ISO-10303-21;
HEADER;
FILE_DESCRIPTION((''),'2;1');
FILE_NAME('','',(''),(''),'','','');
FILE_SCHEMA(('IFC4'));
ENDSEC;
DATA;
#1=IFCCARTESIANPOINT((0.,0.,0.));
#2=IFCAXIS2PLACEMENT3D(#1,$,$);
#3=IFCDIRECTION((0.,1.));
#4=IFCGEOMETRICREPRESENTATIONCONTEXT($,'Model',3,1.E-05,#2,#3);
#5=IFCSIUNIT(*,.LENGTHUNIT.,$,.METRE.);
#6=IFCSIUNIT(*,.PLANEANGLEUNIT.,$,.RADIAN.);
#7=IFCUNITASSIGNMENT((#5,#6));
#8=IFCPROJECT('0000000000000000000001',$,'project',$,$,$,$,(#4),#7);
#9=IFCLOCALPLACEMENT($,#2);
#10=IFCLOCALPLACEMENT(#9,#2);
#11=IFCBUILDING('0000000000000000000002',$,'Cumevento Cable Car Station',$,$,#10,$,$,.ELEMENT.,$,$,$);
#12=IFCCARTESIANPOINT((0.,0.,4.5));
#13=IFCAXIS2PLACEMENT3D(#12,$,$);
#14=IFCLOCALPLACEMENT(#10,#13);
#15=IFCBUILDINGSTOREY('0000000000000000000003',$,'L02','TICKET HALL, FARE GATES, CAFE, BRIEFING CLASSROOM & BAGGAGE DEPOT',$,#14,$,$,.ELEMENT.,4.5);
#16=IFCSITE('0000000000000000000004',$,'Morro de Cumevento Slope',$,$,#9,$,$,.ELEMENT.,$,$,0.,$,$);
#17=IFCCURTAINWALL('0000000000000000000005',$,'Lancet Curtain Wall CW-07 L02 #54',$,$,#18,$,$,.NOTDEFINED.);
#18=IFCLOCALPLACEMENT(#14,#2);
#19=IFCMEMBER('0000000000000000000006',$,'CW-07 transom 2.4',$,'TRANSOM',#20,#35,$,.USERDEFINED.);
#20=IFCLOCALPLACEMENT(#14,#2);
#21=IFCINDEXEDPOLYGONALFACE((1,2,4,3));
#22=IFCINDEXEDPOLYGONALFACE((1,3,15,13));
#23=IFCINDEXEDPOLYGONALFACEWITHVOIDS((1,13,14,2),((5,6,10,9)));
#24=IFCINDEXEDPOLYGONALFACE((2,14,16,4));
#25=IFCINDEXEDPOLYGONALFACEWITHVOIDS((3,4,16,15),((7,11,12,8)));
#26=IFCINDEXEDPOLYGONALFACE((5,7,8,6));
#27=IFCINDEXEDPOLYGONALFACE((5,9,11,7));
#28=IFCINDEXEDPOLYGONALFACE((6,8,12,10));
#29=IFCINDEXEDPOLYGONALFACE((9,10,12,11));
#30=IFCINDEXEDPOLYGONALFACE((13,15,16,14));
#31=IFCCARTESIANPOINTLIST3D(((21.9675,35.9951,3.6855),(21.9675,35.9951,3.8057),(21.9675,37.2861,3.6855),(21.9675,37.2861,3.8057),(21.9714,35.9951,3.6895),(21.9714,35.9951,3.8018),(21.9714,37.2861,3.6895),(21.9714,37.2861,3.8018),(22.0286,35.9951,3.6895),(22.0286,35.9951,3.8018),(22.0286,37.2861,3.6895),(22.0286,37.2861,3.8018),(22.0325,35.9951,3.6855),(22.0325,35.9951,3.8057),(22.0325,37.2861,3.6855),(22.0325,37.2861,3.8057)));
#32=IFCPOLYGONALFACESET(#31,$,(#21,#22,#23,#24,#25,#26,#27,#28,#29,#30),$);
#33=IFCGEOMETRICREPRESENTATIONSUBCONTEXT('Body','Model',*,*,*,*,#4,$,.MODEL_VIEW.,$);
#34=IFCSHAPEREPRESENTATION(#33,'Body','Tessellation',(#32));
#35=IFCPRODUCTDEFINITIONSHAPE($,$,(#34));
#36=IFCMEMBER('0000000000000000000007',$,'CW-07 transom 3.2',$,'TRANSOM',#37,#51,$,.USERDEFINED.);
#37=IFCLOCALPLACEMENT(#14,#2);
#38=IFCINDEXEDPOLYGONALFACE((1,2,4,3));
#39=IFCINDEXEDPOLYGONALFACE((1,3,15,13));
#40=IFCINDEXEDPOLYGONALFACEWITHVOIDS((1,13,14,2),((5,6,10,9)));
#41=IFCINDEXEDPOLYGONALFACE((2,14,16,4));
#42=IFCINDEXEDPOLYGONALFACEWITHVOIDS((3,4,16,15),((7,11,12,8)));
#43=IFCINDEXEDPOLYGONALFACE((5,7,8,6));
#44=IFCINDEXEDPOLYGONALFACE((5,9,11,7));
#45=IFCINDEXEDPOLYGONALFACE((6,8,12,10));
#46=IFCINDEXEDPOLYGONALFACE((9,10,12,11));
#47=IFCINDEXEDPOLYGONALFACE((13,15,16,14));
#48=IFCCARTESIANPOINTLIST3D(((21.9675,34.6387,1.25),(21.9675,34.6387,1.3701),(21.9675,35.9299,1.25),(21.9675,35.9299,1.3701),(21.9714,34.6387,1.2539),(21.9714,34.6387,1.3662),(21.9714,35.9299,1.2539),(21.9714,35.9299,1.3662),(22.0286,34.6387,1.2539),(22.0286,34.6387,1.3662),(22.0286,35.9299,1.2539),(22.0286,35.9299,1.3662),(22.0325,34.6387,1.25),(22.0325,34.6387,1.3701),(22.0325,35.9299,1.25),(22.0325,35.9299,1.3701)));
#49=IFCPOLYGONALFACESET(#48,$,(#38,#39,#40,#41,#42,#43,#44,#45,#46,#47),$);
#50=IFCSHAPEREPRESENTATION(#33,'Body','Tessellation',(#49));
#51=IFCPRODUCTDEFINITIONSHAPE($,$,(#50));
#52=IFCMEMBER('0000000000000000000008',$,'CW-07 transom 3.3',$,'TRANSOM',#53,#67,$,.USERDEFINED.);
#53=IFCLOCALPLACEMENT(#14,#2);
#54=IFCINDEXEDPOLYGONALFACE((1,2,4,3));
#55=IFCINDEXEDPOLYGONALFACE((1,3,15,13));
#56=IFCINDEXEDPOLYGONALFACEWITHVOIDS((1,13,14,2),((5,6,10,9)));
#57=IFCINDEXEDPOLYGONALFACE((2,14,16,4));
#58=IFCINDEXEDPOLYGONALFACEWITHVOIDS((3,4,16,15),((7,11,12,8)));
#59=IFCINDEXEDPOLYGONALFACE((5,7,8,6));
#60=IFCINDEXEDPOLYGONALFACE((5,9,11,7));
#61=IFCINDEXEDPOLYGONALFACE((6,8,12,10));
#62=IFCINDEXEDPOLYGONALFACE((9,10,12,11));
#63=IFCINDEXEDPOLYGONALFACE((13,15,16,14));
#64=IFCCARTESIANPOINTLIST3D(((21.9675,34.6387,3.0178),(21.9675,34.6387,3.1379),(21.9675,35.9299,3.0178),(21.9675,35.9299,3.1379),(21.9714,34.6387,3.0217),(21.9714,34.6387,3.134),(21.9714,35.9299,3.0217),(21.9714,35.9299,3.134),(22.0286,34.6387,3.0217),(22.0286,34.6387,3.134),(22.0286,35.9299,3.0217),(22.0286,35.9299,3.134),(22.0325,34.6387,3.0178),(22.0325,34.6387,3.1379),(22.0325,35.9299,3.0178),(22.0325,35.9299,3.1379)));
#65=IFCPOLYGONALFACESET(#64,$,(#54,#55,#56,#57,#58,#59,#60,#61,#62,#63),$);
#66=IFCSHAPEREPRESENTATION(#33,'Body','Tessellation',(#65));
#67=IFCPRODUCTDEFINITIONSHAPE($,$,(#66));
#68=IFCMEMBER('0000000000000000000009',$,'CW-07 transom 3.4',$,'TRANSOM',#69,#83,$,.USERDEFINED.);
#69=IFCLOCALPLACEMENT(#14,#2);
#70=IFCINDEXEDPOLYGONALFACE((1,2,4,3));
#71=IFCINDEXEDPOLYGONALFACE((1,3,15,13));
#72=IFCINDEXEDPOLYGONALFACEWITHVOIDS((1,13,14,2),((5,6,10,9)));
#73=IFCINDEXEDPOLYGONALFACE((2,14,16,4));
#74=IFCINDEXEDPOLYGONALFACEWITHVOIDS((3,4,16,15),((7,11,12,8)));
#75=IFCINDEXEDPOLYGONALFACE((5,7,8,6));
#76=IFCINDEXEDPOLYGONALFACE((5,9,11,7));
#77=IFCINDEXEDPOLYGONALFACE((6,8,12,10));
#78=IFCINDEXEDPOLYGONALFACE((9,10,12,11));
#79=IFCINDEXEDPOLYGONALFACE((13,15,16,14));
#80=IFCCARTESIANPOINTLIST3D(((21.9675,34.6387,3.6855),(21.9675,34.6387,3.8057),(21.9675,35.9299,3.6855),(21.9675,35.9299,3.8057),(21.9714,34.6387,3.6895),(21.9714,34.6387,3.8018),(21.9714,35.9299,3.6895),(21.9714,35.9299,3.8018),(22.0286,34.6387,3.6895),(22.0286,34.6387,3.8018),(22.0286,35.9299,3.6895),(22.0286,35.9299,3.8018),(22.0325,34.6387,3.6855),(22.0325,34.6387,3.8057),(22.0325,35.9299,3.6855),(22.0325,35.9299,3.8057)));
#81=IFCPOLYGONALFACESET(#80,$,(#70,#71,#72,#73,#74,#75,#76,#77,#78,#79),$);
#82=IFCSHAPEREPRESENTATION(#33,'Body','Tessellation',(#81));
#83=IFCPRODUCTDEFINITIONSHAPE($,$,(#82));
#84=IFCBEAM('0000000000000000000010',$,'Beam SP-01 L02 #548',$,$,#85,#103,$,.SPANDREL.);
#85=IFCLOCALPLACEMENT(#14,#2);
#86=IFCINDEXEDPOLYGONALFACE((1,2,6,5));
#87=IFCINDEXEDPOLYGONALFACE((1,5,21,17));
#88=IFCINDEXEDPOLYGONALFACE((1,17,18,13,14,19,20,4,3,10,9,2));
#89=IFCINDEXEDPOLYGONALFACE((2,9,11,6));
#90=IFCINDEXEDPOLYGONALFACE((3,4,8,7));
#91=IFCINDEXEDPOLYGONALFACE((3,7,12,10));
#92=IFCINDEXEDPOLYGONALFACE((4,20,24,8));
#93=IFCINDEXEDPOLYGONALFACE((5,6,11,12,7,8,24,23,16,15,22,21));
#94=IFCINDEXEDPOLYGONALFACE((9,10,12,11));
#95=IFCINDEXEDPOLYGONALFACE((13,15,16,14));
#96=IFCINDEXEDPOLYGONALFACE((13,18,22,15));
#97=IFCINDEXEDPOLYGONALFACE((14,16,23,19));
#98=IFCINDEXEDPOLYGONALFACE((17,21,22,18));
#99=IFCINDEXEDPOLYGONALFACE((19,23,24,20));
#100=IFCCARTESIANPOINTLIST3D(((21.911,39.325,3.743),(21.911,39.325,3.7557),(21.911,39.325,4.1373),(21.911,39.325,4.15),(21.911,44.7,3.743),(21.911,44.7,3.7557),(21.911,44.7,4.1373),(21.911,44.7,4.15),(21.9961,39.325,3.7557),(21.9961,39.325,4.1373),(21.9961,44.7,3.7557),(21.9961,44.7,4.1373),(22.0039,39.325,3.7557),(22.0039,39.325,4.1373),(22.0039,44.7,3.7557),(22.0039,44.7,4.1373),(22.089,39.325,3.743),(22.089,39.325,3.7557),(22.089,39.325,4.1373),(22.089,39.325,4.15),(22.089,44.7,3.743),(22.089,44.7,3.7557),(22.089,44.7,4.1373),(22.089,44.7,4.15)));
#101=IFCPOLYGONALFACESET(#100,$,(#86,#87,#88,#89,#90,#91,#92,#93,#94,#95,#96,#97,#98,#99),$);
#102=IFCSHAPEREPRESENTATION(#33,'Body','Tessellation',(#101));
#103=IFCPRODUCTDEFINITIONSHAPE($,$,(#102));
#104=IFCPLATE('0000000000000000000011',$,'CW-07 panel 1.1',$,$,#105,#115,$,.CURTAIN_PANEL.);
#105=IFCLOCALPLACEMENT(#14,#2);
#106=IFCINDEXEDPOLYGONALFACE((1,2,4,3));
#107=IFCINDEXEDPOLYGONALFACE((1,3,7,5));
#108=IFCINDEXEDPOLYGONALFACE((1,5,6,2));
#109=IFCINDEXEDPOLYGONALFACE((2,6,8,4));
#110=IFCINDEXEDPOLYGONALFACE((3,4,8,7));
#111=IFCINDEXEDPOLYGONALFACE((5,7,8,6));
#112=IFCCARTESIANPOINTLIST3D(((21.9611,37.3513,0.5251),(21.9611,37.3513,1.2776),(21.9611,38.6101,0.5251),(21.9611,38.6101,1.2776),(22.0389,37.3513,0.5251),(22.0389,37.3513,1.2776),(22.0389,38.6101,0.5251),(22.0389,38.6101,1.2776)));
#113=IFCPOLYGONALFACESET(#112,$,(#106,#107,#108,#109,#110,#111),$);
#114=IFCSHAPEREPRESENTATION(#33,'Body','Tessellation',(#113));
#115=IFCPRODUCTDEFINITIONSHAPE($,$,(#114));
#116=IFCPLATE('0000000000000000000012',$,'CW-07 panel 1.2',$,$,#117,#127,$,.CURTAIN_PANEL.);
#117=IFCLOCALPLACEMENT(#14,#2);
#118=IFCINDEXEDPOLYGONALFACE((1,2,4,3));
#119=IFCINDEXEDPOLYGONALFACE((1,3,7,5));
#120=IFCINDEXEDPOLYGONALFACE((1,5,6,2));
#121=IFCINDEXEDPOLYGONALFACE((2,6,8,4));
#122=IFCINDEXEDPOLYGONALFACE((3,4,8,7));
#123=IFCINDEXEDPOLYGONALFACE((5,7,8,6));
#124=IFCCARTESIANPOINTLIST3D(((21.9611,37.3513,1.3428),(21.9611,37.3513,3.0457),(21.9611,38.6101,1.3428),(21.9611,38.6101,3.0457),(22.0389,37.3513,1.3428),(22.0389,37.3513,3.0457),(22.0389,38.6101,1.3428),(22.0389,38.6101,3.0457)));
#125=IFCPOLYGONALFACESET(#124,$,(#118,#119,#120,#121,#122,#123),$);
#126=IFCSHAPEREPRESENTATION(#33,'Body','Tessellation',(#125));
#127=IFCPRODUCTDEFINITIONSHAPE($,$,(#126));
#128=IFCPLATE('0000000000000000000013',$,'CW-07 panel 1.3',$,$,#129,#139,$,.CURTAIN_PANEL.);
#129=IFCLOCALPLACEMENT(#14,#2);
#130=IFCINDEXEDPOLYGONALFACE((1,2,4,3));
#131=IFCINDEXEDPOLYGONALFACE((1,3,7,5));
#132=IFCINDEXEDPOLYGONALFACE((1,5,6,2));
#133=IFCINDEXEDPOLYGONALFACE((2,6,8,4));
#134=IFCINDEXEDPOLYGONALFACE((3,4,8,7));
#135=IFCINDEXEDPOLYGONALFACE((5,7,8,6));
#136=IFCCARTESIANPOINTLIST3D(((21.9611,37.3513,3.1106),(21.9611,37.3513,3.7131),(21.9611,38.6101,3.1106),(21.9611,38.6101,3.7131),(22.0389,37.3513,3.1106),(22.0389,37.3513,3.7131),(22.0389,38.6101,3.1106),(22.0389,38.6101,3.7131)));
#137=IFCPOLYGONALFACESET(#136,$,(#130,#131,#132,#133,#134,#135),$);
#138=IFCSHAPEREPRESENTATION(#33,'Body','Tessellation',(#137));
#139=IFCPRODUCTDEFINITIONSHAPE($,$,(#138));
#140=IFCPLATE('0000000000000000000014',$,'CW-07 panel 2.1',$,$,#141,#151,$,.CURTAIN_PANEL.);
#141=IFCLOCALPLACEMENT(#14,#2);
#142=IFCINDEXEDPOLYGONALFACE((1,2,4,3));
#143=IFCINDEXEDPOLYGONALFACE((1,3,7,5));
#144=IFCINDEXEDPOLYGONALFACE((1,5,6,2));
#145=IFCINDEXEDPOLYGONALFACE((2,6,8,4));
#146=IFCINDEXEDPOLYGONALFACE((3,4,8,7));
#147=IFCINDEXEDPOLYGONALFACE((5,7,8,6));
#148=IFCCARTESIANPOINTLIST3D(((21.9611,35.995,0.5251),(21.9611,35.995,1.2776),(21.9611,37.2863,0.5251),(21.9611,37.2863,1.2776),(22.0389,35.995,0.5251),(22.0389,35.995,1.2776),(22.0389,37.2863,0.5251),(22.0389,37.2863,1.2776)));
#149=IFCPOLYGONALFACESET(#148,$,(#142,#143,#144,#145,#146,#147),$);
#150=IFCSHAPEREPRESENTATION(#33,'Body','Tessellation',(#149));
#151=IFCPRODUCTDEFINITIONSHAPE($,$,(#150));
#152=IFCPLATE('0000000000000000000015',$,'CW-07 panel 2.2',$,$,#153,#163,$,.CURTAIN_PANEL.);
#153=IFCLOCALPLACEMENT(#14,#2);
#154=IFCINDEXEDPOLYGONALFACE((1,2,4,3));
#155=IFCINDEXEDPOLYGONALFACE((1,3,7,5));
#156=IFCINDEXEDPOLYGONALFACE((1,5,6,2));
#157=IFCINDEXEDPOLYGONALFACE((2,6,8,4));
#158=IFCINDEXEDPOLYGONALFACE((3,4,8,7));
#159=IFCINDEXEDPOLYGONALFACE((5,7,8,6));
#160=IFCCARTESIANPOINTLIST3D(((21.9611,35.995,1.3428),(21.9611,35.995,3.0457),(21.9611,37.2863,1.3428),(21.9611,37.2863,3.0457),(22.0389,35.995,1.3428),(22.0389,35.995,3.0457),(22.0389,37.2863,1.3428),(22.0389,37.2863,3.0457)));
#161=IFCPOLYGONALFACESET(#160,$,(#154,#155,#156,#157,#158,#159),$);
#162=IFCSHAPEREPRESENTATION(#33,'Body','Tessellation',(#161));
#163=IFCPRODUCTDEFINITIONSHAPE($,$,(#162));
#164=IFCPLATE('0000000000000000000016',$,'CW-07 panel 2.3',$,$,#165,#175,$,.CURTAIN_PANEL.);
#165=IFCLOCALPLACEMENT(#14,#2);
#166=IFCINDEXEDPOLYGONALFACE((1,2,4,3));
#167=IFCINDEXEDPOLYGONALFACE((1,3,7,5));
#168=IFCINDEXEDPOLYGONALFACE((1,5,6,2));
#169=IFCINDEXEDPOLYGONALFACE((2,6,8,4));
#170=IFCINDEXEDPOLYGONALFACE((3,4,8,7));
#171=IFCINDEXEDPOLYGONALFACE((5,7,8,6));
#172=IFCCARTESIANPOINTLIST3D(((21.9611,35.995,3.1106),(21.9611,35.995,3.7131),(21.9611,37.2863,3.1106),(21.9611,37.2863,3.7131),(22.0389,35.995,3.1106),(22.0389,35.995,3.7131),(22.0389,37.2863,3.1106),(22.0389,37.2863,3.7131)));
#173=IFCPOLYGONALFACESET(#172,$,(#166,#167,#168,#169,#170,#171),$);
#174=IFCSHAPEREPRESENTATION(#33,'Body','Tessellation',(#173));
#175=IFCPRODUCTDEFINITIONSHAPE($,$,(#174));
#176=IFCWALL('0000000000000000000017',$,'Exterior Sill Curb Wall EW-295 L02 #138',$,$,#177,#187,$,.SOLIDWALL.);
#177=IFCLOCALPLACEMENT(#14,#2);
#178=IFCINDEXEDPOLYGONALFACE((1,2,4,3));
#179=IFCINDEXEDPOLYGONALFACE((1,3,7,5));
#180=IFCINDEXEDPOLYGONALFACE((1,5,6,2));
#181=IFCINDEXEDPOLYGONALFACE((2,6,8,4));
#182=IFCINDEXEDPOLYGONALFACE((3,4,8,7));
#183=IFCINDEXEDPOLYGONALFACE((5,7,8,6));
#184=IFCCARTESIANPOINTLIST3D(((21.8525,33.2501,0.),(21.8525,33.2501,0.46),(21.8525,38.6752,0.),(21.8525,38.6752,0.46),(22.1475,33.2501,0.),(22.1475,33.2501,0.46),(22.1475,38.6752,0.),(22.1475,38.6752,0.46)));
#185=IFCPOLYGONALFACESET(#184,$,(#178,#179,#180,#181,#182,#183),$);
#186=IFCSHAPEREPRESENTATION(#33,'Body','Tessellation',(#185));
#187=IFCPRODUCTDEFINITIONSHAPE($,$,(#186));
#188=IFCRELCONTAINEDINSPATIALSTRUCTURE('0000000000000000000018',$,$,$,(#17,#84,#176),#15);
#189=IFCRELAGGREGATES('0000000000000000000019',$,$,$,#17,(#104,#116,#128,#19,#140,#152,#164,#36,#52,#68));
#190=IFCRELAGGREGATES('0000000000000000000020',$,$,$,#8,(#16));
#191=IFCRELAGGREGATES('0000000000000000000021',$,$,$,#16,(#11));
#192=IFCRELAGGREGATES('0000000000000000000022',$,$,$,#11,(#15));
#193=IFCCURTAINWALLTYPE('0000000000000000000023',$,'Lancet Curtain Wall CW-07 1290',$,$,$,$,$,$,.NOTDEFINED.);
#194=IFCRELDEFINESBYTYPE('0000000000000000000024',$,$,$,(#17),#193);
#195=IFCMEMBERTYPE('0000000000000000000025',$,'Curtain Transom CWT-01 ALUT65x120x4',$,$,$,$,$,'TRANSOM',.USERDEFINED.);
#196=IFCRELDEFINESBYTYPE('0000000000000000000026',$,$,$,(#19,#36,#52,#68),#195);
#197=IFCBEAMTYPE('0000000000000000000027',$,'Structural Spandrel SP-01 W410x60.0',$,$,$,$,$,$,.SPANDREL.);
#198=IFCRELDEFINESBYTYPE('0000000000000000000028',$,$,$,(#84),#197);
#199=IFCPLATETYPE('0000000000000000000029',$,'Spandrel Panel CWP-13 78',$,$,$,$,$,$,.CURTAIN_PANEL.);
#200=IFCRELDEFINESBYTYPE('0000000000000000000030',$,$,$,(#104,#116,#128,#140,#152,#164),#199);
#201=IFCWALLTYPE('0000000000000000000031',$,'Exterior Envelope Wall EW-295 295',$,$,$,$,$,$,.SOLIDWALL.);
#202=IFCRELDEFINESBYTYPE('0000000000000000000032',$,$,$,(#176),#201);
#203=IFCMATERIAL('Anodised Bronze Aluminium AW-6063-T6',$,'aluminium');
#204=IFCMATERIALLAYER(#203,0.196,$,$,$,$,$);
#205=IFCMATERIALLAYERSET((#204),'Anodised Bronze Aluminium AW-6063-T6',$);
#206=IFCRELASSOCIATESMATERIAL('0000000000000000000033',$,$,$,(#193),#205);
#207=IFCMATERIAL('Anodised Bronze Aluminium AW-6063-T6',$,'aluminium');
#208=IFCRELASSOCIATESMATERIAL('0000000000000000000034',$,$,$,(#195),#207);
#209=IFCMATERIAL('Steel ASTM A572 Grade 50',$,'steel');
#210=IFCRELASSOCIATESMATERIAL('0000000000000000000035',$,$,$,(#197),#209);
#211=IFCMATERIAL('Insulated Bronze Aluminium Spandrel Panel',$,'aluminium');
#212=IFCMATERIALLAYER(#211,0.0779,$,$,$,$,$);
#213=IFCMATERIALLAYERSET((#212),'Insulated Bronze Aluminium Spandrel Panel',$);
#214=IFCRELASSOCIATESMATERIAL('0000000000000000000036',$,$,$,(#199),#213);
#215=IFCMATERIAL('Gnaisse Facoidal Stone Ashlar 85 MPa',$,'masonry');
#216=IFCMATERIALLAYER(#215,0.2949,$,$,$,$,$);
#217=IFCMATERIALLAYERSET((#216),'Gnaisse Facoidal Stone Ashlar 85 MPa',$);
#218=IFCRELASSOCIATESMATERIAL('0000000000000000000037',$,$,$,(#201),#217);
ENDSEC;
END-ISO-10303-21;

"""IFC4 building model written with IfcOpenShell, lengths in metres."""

from ifc_helpers import new_model, si_unit, direction, frame, frame_2d, origin, origin_2d, place, context, subcontext, project, spatial, rectangle, hollow_rectangle, i_section, extrude, material, layer, layer_set, material_profile, profile_set, type_object, element, aggregate, save


model = new_model("IFC4")

# Units and contexts
model_context = context("Model", 3, precision=1e-05, world=origin(), true_north=direction((0.0, 1.0)))
body_context = subcontext(model_context, "Body", "Model", "MODEL_VIEW")
ifc_project = project(units=[si_unit("LENGTHUNIT", "METRE"), si_unit("PLANEANGLEUNIT", "RADIAN")], contexts=[model_context])

# Site, building, storey
site_placement = place(None, origin())
site = spatial("IfcSite", under=ifc_project, at=site_placement, Name="Morro de Cumevento Slope", CompositionType="ELEMENT", RefElevation=0.0)
building_placement = place(site_placement, origin())
building = spatial("IfcBuilding", under=site, at=building_placement, Name="Cumevento Cable Car Station", CompositionType="ELEMENT")
storey_placement = place(building_placement, frame((0.0, 0.0, 4.5)))
storey = spatial("IfcBuildingStorey", under=building, at=storey_placement, Name="L02", Description="TICKET HALL, FARE GATES, CAFE, BRIEFING CLASSROOM & BAGGAGE DEPOT", CompositionType="ELEMENT", Elevation=4.5)

# Curtain wall, members
ifc_material_1 = material(Name="Anodised Bronze Aluminium AW-6063-T6", Category="aluminium")
ifc_layer_1 = layer(ifc_material_1, 0.196)
ifc_layer_set_1 = layer_set([ifc_layer_1], Name="Anodised Bronze Aluminium AW-6063-T6")
curtain_wall_type = type_object("IfcCurtainWallType", Name="Lancet Curtain Wall CW-07 1290", PredefinedType="NOTDEFINED", material=ifc_layer_set_1)
curtain_wall_placement = place(storey_placement, origin())
curtain_wall = element("IfcCurtainWall", 1, at=curtain_wall_placement, inside=storey, type_object=curtain_wall_type, Name="Lancet Curtain Wall CW-07 L02 #54", PredefinedType="NOTDEFINED")
ifc_material_2 = material(Name="Anodised Bronze Aluminium AW-6063-T6", Category="aluminium")
ifc_material_profile_1 = material_profile(ifc_material_2, hollow_rectangle(XDim=0.0649, YDim=0.1201, WallThickness=0.0039, at=origin_2d()), Name="ALUT65x120x4")
ifc_profile_set_1 = profile_set([ifc_material_profile_1], Name="Anodised Bronze Aluminium AW-6063-T6")
member_type_1 = type_object("IfcMemberType", Name="Curtain Transom CWT-01 ALUT65x120x4", ElementType="TRANSOM", PredefinedType="USERDEFINED", material=ifc_profile_set_1)
member_1_placement = place(storey_placement, frame((22.0, 37.2861, 3.7456), z_axis=(0.0, -1.0, 0.0), x_axis=(1.0, 0.0, 0.0)))
member_1 = element("IfcMember", 2, at=member_1_placement, type_object=member_type_1, Name="CW-07 transom 2.4", ObjectType="TRANSOM", PredefinedType="USERDEFINED", context=body_context, shape_type="SweptSolid", body=[
    extrude(hollow_rectangle(XDim=0.0649, YDim=0.1201, WallThickness=0.0039, at=origin_2d()), origin(), (0.0, 0.0, 1.0), 1.291),
])
member_2_placement = place(storey_placement, frame((22.0, 35.9299, 1.3101), z_axis=(0.0, -1.0, 0.0), x_axis=(1.0, 0.0, 0.0)))
member_2 = element("IfcMember", 3, at=member_2_placement, type_object=member_type_1, Name="CW-07 transom 3.2", ObjectType="TRANSOM", PredefinedType="USERDEFINED", context=body_context, shape_type="SweptSolid", body=[
    extrude(hollow_rectangle(XDim=0.0649, YDim=0.1201, WallThickness=0.0039, at=origin_2d()), origin(), (0.0, 0.0, 1.0), 1.2913),
])
member_3_placement = place(storey_placement, frame((22.0, 35.9299, 3.0779), z_axis=(0.0, -1.0, 0.0), x_axis=(1.0, 0.0, 0.0)))
member_3 = element("IfcMember", 4, at=member_3_placement, type_object=member_type_1, Name="CW-07 transom 3.3", ObjectType="TRANSOM", PredefinedType="USERDEFINED", context=body_context, shape_type="SweptSolid", body=[
    extrude(hollow_rectangle(XDim=0.0649, YDim=0.1201, WallThickness=0.0039, at=origin_2d()), origin(), (0.0, 0.0, 1.0), 1.2913),
])
member_4_placement = place(storey_placement, frame((22.0, 35.9299, 3.7456), z_axis=(0.0, -1.0, 0.0), x_axis=(1.0, 0.0, 0.0)))
member_4 = element("IfcMember", 5, at=member_4_placement, type_object=member_type_1, Name="CW-07 transom 3.4", ObjectType="TRANSOM", PredefinedType="USERDEFINED", context=body_context, shape_type="SweptSolid", body=[
    extrude(hollow_rectangle(XDim=0.0649, YDim=0.1201, WallThickness=0.0039, at=origin_2d()), origin(), (0.0, 0.0, 1.0), 1.2913),
])

# Beam
ifc_material_3 = material(Name="Steel ASTM A572 Grade 50", Category="steel")
ifc_material_profile_2 = material_profile(ifc_material_3, i_section(OverallWidth=0.178, OverallDepth=0.407, WebThickness=0.0078, FlangeThickness=0.0127, at=origin_2d()), Name="W410x60.0")
ifc_profile_set_2 = profile_set([ifc_material_profile_2], Name="Steel ASTM A572 Grade 50")
beam_type = type_object("IfcBeamType", Name="Structural Spandrel SP-01 W410x60.0", PredefinedType="SPANDREL", material=ifc_profile_set_2)
beam_placement = place(storey_placement, frame((22.0, 39.325, 3.9465), z_axis=(0.0, 1.0, 0.0), x_axis=(-1.0, 0.0, 0.0)))
element("IfcBeam", 6, at=beam_placement, inside=storey, type_object=beam_type, Name="Beam SP-01 L02 #548", PredefinedType="SPANDREL", context=body_context, shape_type="SweptSolid", body=[
    extrude(i_section(OverallWidth=0.178, OverallDepth=0.407, WebThickness=0.0078, FlangeThickness=0.0127, at=origin_2d()), origin(), (0.0, 0.0, 1.0), 5.375),
])

# Plates
ifc_material_4 = material(Name="Insulated Bronze Aluminium Spandrel Panel", Category="aluminium")
ifc_layer_2 = layer(ifc_material_4, 0.0779)
ifc_layer_set_2 = layer_set([ifc_layer_2], Name="Insulated Bronze Aluminium Spandrel Panel")
plate_type = type_object("IfcPlateType", Name="Spandrel Panel CWP-13 78", PredefinedType="CURTAIN_PANEL", material=ifc_layer_set_2)
plate_1_placement = place(storey_placement, frame((22.0, 37.9807, 0.5251), z_axis=(0.0, 0.0, 1.0), x_axis=(0.0, -1.0, 0.0)))
plate_1 = element("IfcPlate", 7, at=plate_1_placement, type_object=plate_type, Name="CW-07 panel 1.1", PredefinedType="CURTAIN_PANEL", context=body_context, shape_type="SweptSolid", body=[
    extrude(rectangle(XDim=1.2588, YDim=0.0779, at=origin_2d()), origin(), (0.0, 0.0, 1.0), 0.7524),
])
plate_2_placement = place(storey_placement, frame((22.0, 37.9807, 1.3428), z_axis=(0.0, 0.0, 1.0), x_axis=(0.0, -1.0, 0.0)))
plate_2 = element("IfcPlate", 8, at=plate_2_placement, type_object=plate_type, Name="CW-07 panel 1.2", PredefinedType="CURTAIN_PANEL", context=body_context, shape_type="SweptSolid", body=[
    extrude(rectangle(XDim=1.2588, YDim=0.0779, at=origin_2d()), origin(), (0.0, 0.0, 1.0), 1.7029),
])
plate_3_placement = place(storey_placement, frame((22.0, 37.9807, 3.1106), z_axis=(0.0, 0.0, 1.0), x_axis=(0.0, -1.0, 0.0)))
plate_3 = element("IfcPlate", 9, at=plate_3_placement, type_object=plate_type, Name="CW-07 panel 1.3", PredefinedType="CURTAIN_PANEL", context=body_context, shape_type="SweptSolid", body=[
    extrude(rectangle(XDim=1.2588, YDim=0.0779, at=origin_2d()), origin(), (0.0, 0.0, 1.0), 0.6025),
])
plate_4_placement = place(storey_placement, frame((22.0, 36.6406, 0.5251), z_axis=(0.0, 0.0, 1.0), x_axis=(0.0, -1.0, 0.0)))
plate_4 = element("IfcPlate", 10, at=plate_4_placement, type_object=plate_type, Name="CW-07 panel 2.1", PredefinedType="CURTAIN_PANEL", context=body_context, shape_type="SweptSolid", body=[
    extrude(rectangle(XDim=1.2913, YDim=0.0779, at=origin_2d()), origin(), (0.0, 0.0, 1.0), 0.7524),
])
plate_5_placement = place(storey_placement, frame((22.0, 36.6406, 1.3428), z_axis=(0.0, 0.0, 1.0), x_axis=(0.0, -1.0, 0.0)))
plate_5 = element("IfcPlate", 11, at=plate_5_placement, type_object=plate_type, Name="CW-07 panel 2.2", PredefinedType="CURTAIN_PANEL", context=body_context, shape_type="SweptSolid", body=[
    extrude(rectangle(XDim=1.2913, YDim=0.0779, at=origin_2d()), origin(), (0.0, 0.0, 1.0), 1.7029),
])
plate_6_placement = place(storey_placement, frame((22.0, 36.6406, 3.1106), z_axis=(0.0, 0.0, 1.0), x_axis=(0.0, -1.0, 0.0)))
plate_6 = element("IfcPlate", 12, at=plate_6_placement, type_object=plate_type, Name="CW-07 panel 2.3", PredefinedType="CURTAIN_PANEL", context=body_context, shape_type="SweptSolid", body=[
    extrude(rectangle(XDim=1.2913, YDim=0.0779, at=origin_2d()), origin(), (0.0, 0.0, 1.0), 0.6025),
])
aggregate(curtain_wall, [plate_1, plate_2, plate_3, member_1, plate_4, plate_5, plate_6, member_2, member_3, member_4])

# Wall
ifc_material_5 = material(Name="Gnaisse Facoidal Stone Ashlar 85 MPa", Category="masonry")
ifc_layer_3 = layer(ifc_material_5, 0.2949)
ifc_layer_set_3 = layer_set([ifc_layer_3], Name="Gnaisse Facoidal Stone Ashlar 85 MPa")
wall_type = type_object("IfcWallType", Name="Exterior Envelope Wall EW-295 295", PredefinedType="SOLIDWALL", material=ifc_layer_set_3)
wall_placement = place(storey_placement, frame((22.0, 38.675, 0.0), z_axis=(0.0, 0.0, 1.0), x_axis=(0.0, -1.0, 0.0)))
element("IfcWall", 13, at=wall_placement, inside=storey, type_object=wall_type, Name="Exterior Sill Curb Wall EW-295 L02 #138", PredefinedType="SOLIDWALL", context=body_context, shape_type="SweptSolid", body=[
    extrude(rectangle(XDim=5.425, YDim=0.2949, at=frame_2d((2.7124, 0.0))), origin(), (0.0, 0.0, 1.0), 0.46),
])

save(model, "model.ifc")
